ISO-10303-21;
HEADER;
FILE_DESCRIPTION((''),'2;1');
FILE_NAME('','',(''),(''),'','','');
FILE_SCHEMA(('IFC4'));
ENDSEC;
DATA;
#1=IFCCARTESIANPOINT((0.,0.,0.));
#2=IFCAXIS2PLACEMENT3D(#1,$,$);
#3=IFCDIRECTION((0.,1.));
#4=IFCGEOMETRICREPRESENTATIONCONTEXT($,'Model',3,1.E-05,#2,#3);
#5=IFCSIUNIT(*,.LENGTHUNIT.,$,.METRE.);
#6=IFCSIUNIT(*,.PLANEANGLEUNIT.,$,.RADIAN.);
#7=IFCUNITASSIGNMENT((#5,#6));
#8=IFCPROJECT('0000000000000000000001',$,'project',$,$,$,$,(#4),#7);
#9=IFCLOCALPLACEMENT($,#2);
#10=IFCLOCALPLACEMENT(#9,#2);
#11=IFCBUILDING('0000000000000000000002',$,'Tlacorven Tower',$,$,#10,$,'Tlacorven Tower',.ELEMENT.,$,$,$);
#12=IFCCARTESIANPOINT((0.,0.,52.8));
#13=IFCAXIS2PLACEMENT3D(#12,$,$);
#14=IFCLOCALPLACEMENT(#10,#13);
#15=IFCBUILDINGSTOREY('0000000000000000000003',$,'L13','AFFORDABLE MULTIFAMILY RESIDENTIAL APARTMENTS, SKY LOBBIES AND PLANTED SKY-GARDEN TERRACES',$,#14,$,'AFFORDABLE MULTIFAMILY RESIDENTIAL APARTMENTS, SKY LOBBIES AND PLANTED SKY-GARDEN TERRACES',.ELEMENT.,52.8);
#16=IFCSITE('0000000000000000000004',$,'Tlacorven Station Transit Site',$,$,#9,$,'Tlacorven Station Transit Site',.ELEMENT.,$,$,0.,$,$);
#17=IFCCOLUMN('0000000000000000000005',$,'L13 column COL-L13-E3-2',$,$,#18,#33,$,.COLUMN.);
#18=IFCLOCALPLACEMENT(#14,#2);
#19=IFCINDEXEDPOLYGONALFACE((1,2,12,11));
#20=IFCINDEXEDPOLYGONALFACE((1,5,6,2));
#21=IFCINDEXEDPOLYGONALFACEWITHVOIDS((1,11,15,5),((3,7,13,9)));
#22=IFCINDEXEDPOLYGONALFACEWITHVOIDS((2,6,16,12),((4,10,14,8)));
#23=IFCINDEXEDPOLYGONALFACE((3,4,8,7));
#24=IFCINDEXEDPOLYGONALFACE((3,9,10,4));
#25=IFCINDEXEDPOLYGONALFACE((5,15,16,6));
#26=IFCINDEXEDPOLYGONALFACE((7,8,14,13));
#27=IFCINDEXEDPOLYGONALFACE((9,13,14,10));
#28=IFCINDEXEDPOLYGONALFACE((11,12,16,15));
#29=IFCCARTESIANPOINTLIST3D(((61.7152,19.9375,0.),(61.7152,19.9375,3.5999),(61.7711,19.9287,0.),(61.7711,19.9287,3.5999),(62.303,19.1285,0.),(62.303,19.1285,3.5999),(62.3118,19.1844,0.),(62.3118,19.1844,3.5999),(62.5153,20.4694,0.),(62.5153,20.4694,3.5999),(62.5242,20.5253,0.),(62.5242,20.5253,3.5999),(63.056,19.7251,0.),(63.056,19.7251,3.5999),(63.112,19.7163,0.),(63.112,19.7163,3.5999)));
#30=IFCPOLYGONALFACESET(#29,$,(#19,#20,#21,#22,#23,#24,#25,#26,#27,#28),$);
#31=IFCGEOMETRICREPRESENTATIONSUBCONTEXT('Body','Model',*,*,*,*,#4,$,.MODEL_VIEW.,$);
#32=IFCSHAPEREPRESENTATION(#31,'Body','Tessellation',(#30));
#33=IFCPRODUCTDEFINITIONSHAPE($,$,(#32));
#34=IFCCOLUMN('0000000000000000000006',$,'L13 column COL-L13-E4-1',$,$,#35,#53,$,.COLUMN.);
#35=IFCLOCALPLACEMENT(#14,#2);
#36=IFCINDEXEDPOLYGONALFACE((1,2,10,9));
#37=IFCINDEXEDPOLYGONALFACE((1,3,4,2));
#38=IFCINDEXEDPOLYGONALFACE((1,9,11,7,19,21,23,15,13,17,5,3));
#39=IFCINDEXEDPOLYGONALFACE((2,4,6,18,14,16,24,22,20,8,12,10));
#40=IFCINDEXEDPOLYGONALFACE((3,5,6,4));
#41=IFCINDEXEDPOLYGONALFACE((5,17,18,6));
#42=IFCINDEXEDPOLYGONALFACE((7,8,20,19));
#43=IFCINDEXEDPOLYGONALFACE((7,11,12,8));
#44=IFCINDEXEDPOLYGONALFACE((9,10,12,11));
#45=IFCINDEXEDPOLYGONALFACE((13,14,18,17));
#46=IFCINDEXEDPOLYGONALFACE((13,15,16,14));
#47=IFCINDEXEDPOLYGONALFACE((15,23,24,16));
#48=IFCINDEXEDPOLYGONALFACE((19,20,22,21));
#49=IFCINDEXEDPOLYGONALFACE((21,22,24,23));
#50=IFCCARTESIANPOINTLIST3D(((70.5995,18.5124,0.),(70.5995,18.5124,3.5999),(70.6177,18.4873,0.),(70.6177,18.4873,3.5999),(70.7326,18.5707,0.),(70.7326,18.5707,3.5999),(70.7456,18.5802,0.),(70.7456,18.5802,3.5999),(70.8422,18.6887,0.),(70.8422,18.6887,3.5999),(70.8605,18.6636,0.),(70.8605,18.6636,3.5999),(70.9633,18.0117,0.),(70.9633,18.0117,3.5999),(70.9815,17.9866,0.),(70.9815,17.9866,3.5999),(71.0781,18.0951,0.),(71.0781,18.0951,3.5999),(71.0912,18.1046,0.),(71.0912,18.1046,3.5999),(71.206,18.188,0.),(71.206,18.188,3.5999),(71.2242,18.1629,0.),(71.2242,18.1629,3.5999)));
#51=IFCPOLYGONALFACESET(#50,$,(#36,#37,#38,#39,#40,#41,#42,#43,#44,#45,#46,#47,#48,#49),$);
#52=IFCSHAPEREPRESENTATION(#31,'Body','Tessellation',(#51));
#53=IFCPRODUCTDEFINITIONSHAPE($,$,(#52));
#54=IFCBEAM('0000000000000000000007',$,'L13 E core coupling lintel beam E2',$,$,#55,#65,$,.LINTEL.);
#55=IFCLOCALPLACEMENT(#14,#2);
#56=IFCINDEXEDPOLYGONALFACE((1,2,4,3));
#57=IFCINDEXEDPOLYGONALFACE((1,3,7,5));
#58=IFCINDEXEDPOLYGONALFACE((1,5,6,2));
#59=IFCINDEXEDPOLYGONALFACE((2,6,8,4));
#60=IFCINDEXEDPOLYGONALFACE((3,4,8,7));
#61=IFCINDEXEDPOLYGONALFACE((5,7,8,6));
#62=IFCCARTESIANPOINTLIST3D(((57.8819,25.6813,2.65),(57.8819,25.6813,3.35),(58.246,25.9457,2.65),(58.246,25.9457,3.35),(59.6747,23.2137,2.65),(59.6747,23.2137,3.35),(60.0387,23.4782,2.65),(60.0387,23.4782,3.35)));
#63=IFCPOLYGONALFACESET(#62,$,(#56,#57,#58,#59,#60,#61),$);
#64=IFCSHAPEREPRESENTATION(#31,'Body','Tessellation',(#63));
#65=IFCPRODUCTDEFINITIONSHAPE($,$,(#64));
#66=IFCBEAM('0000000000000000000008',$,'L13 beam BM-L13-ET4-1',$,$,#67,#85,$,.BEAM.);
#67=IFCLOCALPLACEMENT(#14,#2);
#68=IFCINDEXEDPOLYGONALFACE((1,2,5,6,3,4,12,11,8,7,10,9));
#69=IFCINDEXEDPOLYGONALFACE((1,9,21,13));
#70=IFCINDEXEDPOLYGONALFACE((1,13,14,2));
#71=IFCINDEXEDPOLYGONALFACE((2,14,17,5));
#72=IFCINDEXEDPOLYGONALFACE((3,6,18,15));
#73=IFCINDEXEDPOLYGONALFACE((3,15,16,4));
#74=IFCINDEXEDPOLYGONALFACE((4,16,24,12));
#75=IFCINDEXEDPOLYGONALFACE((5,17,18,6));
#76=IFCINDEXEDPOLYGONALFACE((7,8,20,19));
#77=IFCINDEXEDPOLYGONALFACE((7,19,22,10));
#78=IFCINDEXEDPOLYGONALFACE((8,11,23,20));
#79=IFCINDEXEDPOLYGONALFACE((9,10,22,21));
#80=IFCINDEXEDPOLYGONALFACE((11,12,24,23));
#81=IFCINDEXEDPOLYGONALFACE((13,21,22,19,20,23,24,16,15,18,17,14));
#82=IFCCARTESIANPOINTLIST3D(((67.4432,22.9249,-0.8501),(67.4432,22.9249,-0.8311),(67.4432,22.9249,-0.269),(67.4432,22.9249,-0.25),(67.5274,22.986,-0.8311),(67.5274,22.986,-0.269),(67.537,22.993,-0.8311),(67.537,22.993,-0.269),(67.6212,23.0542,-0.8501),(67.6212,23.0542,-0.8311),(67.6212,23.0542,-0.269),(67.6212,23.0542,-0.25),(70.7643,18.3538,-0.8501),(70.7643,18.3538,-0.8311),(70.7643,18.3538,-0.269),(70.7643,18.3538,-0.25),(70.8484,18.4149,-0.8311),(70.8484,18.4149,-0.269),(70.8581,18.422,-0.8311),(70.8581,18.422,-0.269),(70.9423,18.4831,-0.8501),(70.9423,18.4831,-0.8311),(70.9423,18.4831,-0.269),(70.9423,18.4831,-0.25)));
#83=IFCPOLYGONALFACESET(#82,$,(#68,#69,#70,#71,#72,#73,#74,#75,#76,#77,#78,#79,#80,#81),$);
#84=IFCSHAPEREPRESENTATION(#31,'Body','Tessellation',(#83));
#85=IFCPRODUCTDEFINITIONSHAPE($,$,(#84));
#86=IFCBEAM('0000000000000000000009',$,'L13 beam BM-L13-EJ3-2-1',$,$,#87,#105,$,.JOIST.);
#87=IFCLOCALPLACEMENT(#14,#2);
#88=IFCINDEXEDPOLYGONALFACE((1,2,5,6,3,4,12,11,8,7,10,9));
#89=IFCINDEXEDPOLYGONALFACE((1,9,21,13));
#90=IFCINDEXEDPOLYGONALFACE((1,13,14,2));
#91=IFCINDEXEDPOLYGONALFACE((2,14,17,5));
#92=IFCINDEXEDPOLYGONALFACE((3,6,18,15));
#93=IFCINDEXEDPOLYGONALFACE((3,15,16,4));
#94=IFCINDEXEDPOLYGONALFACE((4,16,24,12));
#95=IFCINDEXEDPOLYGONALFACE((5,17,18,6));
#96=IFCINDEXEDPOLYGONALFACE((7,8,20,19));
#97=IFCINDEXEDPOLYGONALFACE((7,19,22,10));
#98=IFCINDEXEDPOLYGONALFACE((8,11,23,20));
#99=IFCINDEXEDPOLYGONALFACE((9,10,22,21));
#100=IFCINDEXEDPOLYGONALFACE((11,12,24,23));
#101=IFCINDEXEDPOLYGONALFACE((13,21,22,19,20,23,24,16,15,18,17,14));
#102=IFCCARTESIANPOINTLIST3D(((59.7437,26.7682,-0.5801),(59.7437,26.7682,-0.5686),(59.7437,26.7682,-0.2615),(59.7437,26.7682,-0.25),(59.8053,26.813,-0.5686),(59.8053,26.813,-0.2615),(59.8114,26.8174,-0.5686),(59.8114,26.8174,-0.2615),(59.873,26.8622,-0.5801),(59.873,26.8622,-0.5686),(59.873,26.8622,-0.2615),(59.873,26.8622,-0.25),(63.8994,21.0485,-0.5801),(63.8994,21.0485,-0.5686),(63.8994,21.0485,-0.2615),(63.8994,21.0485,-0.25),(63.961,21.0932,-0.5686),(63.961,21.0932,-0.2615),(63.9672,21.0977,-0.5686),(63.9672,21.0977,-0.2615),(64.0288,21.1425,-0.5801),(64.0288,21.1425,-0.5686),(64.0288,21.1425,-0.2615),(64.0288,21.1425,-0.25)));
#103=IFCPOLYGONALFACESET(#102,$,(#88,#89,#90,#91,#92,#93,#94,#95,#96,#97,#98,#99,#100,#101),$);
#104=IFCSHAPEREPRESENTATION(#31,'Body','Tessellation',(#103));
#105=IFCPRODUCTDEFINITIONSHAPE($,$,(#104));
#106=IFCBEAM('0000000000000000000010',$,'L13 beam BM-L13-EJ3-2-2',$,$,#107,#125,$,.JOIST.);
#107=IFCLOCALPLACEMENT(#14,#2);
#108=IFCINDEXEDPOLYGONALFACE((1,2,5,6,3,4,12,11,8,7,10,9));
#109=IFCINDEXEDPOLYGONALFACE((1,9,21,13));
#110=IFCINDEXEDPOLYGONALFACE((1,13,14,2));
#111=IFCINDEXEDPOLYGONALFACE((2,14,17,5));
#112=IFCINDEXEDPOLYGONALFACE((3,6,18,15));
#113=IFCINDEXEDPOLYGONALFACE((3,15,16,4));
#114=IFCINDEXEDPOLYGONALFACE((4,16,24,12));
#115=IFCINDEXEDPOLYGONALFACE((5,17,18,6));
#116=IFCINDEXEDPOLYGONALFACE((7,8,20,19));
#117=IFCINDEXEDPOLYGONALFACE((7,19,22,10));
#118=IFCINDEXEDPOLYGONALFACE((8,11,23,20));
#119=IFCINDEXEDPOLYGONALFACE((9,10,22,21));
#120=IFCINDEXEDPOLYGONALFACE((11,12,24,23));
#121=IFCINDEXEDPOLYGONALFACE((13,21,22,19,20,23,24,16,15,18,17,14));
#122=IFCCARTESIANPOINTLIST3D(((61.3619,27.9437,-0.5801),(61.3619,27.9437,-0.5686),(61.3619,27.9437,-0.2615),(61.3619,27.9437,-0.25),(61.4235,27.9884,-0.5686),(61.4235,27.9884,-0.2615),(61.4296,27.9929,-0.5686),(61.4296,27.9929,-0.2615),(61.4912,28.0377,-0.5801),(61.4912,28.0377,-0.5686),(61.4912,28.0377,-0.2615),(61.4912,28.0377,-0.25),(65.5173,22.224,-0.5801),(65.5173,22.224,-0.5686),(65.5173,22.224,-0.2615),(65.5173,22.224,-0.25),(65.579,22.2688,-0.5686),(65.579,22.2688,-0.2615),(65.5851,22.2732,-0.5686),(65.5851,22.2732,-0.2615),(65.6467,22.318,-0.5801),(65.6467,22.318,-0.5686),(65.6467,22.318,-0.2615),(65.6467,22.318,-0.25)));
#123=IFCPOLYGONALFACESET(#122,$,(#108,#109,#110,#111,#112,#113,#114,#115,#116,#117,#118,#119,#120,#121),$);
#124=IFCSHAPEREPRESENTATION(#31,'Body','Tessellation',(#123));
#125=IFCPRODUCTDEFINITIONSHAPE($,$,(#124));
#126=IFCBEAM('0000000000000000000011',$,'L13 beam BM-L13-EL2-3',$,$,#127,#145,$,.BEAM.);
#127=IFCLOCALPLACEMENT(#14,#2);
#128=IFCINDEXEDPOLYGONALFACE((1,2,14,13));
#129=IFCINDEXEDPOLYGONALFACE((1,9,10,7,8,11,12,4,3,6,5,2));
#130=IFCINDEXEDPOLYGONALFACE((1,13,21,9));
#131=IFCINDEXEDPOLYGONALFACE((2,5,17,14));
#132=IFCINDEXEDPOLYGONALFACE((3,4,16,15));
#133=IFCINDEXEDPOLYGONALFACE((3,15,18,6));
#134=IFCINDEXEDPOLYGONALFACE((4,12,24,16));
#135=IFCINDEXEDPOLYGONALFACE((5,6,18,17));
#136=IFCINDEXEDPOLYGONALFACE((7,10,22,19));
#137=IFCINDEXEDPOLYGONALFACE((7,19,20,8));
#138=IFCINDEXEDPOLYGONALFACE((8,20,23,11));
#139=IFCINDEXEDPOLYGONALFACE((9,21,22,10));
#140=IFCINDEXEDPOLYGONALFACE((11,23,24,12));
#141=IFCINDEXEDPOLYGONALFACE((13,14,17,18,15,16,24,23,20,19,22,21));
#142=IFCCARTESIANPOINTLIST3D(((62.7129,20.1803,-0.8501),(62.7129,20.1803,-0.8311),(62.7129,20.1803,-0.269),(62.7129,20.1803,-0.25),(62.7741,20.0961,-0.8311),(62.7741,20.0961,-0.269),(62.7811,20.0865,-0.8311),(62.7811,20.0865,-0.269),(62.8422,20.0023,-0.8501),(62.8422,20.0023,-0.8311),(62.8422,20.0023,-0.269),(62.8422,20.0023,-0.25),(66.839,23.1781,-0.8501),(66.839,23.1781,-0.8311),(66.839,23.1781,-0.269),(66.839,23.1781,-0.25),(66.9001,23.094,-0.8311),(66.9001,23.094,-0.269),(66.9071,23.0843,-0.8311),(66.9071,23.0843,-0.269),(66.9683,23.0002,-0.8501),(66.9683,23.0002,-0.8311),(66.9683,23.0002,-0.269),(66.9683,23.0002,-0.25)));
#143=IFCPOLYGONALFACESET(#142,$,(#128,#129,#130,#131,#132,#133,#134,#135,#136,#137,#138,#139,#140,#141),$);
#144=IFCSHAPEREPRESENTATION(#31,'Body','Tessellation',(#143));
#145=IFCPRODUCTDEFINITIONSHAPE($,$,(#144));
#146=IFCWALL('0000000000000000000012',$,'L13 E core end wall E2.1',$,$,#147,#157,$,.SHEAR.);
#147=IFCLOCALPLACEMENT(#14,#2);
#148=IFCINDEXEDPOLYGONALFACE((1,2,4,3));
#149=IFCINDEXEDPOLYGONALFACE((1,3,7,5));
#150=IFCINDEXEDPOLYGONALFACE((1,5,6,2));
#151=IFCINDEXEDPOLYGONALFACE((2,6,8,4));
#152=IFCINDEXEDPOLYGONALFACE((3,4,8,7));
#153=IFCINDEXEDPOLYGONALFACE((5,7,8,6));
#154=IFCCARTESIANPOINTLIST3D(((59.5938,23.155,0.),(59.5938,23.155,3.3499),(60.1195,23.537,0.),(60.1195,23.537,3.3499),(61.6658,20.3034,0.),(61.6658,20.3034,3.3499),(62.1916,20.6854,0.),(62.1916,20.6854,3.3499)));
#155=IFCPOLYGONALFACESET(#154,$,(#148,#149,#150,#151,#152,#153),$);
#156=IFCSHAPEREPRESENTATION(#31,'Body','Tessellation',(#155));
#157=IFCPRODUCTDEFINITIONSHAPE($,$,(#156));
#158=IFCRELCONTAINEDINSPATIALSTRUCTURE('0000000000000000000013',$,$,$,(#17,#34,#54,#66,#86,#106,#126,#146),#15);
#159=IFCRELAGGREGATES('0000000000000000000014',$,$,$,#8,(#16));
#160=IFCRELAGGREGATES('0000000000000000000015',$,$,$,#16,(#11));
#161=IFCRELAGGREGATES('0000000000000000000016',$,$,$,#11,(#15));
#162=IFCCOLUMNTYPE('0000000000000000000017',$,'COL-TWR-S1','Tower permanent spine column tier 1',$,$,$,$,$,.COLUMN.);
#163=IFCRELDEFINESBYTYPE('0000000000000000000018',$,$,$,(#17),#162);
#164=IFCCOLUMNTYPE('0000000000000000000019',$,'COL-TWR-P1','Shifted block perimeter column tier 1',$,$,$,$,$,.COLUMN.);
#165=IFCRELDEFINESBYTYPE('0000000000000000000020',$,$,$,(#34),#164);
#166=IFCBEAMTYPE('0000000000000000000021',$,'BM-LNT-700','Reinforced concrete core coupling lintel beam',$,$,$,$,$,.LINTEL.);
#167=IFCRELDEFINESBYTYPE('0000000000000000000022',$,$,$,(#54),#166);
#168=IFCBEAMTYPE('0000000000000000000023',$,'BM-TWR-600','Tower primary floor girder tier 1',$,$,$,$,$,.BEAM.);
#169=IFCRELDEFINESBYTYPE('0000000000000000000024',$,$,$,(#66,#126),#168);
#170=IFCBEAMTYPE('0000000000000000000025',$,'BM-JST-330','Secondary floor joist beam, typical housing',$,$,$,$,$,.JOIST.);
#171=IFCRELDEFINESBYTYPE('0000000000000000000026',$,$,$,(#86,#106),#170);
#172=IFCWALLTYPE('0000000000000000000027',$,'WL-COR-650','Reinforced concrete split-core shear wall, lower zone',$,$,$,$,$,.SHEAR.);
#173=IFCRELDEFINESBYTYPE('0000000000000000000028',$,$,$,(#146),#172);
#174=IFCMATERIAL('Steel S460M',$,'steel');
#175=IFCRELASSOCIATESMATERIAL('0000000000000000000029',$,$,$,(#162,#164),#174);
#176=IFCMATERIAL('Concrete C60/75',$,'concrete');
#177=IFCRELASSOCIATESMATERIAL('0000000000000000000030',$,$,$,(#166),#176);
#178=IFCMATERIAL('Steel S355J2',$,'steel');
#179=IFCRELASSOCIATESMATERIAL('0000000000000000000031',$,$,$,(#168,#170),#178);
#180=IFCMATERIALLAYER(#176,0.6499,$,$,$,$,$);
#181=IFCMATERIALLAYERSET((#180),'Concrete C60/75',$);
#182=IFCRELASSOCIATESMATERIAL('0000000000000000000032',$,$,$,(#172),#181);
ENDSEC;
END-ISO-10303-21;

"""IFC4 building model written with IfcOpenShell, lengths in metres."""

from ifc_helpers import new_model, si_unit, direction, frame, frame_2d, origin, origin_2d, place, context, subcontext, project, spatial, rectangle, hollow_rectangle, i_section, extrude, source, transform, mapped, material, layer, layer_set, material_profile, profile_set, type_object, element, save


model = new_model("IFC4")

# Units and contexts
model_context = context("Model", 3, precision=1e-05, world=origin(), true_north=direction((0.0, 1.0)))
body_context = subcontext(model_context, "Body", "Model", "MODEL_VIEW")
ifc_project = project(units=[si_unit("LENGTHUNIT", "METRE"), si_unit("PLANEANGLEUNIT", "RADIAN")], contexts=[model_context])

# Site, building, storey
site_placement = place(None, origin())
site = spatial("IfcSite", under=ifc_project, at=site_placement, Name="Tlacorven Station Transit Site", LongName="Tlacorven Station Transit Site", CompositionType="ELEMENT", RefElevation=0.0)
building_placement = place(site_placement, origin())
building = spatial("IfcBuilding", under=site, at=building_placement, Name="Tlacorven Tower", LongName="Tlacorven Tower", CompositionType="ELEMENT")
storey_placement = place(building_placement, frame((0.0, 0.0, 52.8)))
storey = spatial("IfcBuildingStorey", under=building, at=storey_placement, Name="L13", Description="AFFORDABLE MULTIFAMILY RESIDENTIAL APARTMENTS, SKY LOBBIES AND PLANTED SKY-GARDEN TERRACES", LongName="AFFORDABLE MULTIFAMILY RESIDENTIAL APARTMENTS, SKY LOBBIES AND PLANTED SKY-GARDEN TERRACES", CompositionType="ELEMENT", Elevation=52.8)

# Columns
ifc_material_1 = material(Name="Steel S460M", Category="steel")
ifc_material_profile_1 = material_profile(ifc_material_1, hollow_rectangle(XDim=1.0, YDim=1.0, WallThickness=0.04, at=origin_2d()), Name="BOX 1000X1000X40")
ifc_profile_set_1 = profile_set([ifc_material_profile_1], Name="Steel S460M")
column_type_1 = type_object("IfcColumnType", Name="COL-TWR-S1", Description="Tower permanent spine column tier 1", PredefinedType="COLUMN", material=ifc_profile_set_1)
shared_shape_1 = source(origin(), body_context, "Body", "SweptSolid", [
    extrude(hollow_rectangle(XDim=1.0, YDim=1.0, WallThickness=0.04, at=origin_2d()), origin(), (0.0, 0.0, 1.0), 3.5999),
])
column_1_placement = place(storey_placement, frame((62.4136, 19.8269, 0.0), z_axis=(0.0, 0.0, 1.0), x_axis=(0.809017, 0.587785, 0.0)))
element("IfcColumn", 1, at=column_1_placement, inside=storey, type_object=column_type_1, Name="L13 column COL-L13-E3-2", PredefinedType="COLUMN", context=body_context, shape_type="MappedRepresentation", body=[
    mapped(shared_shape_1, transform((0.0, 0.0, 0.0), scale=1.0)),
])
ifc_material_profile_2 = material_profile(ifc_material_1, i_section(OverallWidth=0.3, OverallDepth=0.6499, WebThickness=0.0161, FlangeThickness=0.031, at=origin_2d()), Name="HEB 650")
ifc_profile_set_2 = profile_set([ifc_material_profile_2], Name="Steel S460M")
column_type_2 = type_object("IfcColumnType", Name="COL-TWR-P1", Description="Shifted block perimeter column tier 1", PredefinedType="COLUMN", material=ifc_profile_set_2)
shared_shape_2 = source(origin(), body_context, "Body", "SweptSolid", [
    extrude(i_section(OverallWidth=0.3, OverallDepth=0.6499, WebThickness=0.0161, FlangeThickness=0.031, at=origin_2d()), origin(), (0.0, 0.0, 1.0), 3.5999),
])
column_2_placement = place(storey_placement, frame((70.9119, 18.3376, 0.0), z_axis=(0.0, 0.0, 1.0), x_axis=(0.809017, 0.587785, 0.0)))
element("IfcColumn", 2, at=column_2_placement, inside=storey, type_object=column_type_2, Name="L13 column COL-L13-E4-1", PredefinedType="COLUMN", context=body_context, shape_type="MappedRepresentation", body=[
    mapped(shared_shape_2, transform((0.0, 0.0, 0.0), scale=1.0)),
])

# Beams
ifc_material_2 = material(Name="Concrete C60/75", Category="concrete")
ifc_material_profile_3 = material_profile(ifc_material_2, rectangle(XDim=0.45, YDim=0.7, at=origin_2d()), Name="RC 450X700")
ifc_profile_set_3 = profile_set([ifc_material_profile_3], Name="Concrete C60/75")
beam_type_1 = type_object("IfcBeamType", Name="BM-LNT-700", Description="Reinforced concrete core coupling lintel beam", PredefinedType="LINTEL", material=ifc_profile_set_3)
shared_shape_3 = source(origin(), body_context, "Body", "SweptSolid", [
    extrude(rectangle(XDim=0.45, YDim=0.7, at=origin_2d()), origin(), (0.0, 0.0, 1.0), 3.05),
])
beam_1_placement = place(storey_placement, frame((59.8567, 23.3459, 3.0), z_axis=(-0.587777, 0.809023, 0.0), x_axis=(-0.809023, -0.587777, 0.0)))
element("IfcBeam", 3, at=beam_1_placement, inside=storey, type_object=beam_type_1, Name="L13 E core coupling lintel beam E2", PredefinedType="LINTEL", context=body_context, shape_type="MappedRepresentation", body=[
    mapped(shared_shape_3, transform((0.0, 0.0, 0.0), scale=1.0)),
])
ifc_material_3 = material(Name="Steel S355J2", Category="steel")
ifc_material_profile_4 = material_profile(ifc_material_3, i_section(OverallWidth=0.22, OverallDepth=0.6001, WebThickness=0.012, FlangeThickness=0.019, at=origin_2d()), Name="IPE 600")
ifc_profile_set_4 = profile_set([ifc_material_profile_4], Name="Steel S355J2")
beam_type_2 = type_object("IfcBeamType", Name="BM-TWR-600", Description="Tower primary floor girder tier 1", PredefinedType="BEAM", material=ifc_profile_set_4)
shared_shape_4 = source(origin(), body_context, "Body", "SweptSolid", [
    extrude(i_section(OverallWidth=0.22, OverallDepth=0.6001, WebThickness=0.012, FlangeThickness=0.019, at=origin_2d()), origin(), (0.0, 0.0, 1.0), 5.6501),
])
beam_2_placement = place(storey_placement, frame((70.8533, 18.4185, -0.55), z_axis=(-0.587784, 0.809018, 0.0), x_axis=(-0.809018, -0.587784, 0.0)))
element("IfcBeam", 4, at=beam_2_placement, inside=storey, type_object=beam_type_2, Name="L13 beam BM-L13-ET4-1", PredefinedType="BEAM", context=body_context, shape_type="MappedRepresentation", body=[
    mapped(shared_shape_4, transform((0.0, 0.0, 0.0), scale=1.0)),
])
ifc_material_profile_5 = material_profile(ifc_material_3, i_section(OverallWidth=0.1599, OverallDepth=0.3301, WebThickness=0.0076, FlangeThickness=0.0115, at=origin_2d()), Name="IPE 330")
ifc_profile_set_5 = profile_set([ifc_material_profile_5], Name="Steel S355J2")
beam_type_3 = type_object("IfcBeamType", Name="BM-JST-330", Description="Secondary floor joist beam, typical housing", PredefinedType="JOIST", material=ifc_profile_set_5)
shared_shape_5 = source(origin(), body_context, "Body", "SweptSolid", [
    extrude(i_section(OverallWidth=0.1599, OverallDepth=0.3301, WebThickness=0.0076, FlangeThickness=0.0115, at=origin_2d()), origin(), (0.0, 0.0, 1.0), 7.0701),
])
beam_3_placement = place(storey_placement, frame((63.9641, 21.0955, -0.415), z_axis=(-0.587798, 0.809008, 0.0), x_axis=(-0.809008, -0.587798, 0.0)))
element("IfcBeam", 5, at=beam_3_placement, inside=storey, type_object=beam_type_3, Name="L13 beam BM-L13-EJ3-2-1", PredefinedType="JOIST", context=body_context, shape_type="MappedRepresentation", body=[
    mapped(shared_shape_5, transform((0.0, 0.0, 0.0), scale=1.0)),
])
shared_shape_6 = source(origin(), body_context, "Body", "SweptSolid", [
    extrude(i_section(OverallWidth=0.1599, OverallDepth=0.3301, WebThickness=0.0076, FlangeThickness=0.0115, at=origin_2d()), origin(), (0.0, 0.0, 1.0), 7.0698),
])
beam_4_placement = place(storey_placement, frame((65.582, 22.271, -0.415), z_axis=(-0.587775, 0.809024, 0.0), x_axis=(-0.809024, -0.587775, 0.0)))
element("IfcBeam", 6, at=beam_4_placement, inside=storey, type_object=beam_type_3, Name="L13 beam BM-L13-EJ3-2-2", PredefinedType="JOIST", context=body_context, shape_type="MappedRepresentation", body=[
    mapped(shared_shape_6, transform((0.0, 0.0, 0.0), scale=1.0)),
])
shared_shape_7 = source(origin(), body_context, "Body", "SweptSolid", [
    extrude(i_section(OverallWidth=0.22, OverallDepth=0.6001, WebThickness=0.012, FlangeThickness=0.019, at=origin_2d()), origin(), (0.0, 0.0, 1.0), 5.1001),
])
beam_5_placement = place(storey_placement, frame((62.7776, 20.0913, -0.55), z_axis=(0.809007, 0.587799, 0.0), x_axis=(-0.587799, 0.809007, 0.0)))
element("IfcBeam", 7, at=beam_5_placement, inside=storey, type_object=beam_type_2, Name="L13 beam BM-L13-EL2-3", PredefinedType="BEAM", context=body_context, shape_type="MappedRepresentation", body=[
    mapped(shared_shape_7, transform((0.0, 0.0, 0.0), scale=1.0)),
])

# Wall
ifc_layer_1 = layer(ifc_material_2, 0.6499)
ifc_layer_set_1 = layer_set([ifc_layer_1], Name="Concrete C60/75")
wall_type_1 = type_object("IfcWallType", Name="WL-COR-650", Description="Reinforced concrete split-core shear wall, lower zone", PredefinedType="SHEAR", material=ifc_layer_set_1)
wall_1_placement = place(storey_placement, frame((61.9287, 20.4944, 0.0), z_axis=(0.0, 0.0, 1.0), x_axis=(-0.58783, 0.808985, 0.0)))
element("IfcWall", 8, at=wall_1_placement, inside=storey, type_object=wall_type_1, Name="L13 E core end wall E2.1", PredefinedType="SHEAR", context=body_context, shape_type="SweptSolid", body=[
    extrude(rectangle(XDim=3.5249, YDim=0.6499, at=frame_2d((1.7625, 0.0))), origin(), (0.0, 0.0, 1.0), 3.3499),
])

save(model, "model.ifc")
